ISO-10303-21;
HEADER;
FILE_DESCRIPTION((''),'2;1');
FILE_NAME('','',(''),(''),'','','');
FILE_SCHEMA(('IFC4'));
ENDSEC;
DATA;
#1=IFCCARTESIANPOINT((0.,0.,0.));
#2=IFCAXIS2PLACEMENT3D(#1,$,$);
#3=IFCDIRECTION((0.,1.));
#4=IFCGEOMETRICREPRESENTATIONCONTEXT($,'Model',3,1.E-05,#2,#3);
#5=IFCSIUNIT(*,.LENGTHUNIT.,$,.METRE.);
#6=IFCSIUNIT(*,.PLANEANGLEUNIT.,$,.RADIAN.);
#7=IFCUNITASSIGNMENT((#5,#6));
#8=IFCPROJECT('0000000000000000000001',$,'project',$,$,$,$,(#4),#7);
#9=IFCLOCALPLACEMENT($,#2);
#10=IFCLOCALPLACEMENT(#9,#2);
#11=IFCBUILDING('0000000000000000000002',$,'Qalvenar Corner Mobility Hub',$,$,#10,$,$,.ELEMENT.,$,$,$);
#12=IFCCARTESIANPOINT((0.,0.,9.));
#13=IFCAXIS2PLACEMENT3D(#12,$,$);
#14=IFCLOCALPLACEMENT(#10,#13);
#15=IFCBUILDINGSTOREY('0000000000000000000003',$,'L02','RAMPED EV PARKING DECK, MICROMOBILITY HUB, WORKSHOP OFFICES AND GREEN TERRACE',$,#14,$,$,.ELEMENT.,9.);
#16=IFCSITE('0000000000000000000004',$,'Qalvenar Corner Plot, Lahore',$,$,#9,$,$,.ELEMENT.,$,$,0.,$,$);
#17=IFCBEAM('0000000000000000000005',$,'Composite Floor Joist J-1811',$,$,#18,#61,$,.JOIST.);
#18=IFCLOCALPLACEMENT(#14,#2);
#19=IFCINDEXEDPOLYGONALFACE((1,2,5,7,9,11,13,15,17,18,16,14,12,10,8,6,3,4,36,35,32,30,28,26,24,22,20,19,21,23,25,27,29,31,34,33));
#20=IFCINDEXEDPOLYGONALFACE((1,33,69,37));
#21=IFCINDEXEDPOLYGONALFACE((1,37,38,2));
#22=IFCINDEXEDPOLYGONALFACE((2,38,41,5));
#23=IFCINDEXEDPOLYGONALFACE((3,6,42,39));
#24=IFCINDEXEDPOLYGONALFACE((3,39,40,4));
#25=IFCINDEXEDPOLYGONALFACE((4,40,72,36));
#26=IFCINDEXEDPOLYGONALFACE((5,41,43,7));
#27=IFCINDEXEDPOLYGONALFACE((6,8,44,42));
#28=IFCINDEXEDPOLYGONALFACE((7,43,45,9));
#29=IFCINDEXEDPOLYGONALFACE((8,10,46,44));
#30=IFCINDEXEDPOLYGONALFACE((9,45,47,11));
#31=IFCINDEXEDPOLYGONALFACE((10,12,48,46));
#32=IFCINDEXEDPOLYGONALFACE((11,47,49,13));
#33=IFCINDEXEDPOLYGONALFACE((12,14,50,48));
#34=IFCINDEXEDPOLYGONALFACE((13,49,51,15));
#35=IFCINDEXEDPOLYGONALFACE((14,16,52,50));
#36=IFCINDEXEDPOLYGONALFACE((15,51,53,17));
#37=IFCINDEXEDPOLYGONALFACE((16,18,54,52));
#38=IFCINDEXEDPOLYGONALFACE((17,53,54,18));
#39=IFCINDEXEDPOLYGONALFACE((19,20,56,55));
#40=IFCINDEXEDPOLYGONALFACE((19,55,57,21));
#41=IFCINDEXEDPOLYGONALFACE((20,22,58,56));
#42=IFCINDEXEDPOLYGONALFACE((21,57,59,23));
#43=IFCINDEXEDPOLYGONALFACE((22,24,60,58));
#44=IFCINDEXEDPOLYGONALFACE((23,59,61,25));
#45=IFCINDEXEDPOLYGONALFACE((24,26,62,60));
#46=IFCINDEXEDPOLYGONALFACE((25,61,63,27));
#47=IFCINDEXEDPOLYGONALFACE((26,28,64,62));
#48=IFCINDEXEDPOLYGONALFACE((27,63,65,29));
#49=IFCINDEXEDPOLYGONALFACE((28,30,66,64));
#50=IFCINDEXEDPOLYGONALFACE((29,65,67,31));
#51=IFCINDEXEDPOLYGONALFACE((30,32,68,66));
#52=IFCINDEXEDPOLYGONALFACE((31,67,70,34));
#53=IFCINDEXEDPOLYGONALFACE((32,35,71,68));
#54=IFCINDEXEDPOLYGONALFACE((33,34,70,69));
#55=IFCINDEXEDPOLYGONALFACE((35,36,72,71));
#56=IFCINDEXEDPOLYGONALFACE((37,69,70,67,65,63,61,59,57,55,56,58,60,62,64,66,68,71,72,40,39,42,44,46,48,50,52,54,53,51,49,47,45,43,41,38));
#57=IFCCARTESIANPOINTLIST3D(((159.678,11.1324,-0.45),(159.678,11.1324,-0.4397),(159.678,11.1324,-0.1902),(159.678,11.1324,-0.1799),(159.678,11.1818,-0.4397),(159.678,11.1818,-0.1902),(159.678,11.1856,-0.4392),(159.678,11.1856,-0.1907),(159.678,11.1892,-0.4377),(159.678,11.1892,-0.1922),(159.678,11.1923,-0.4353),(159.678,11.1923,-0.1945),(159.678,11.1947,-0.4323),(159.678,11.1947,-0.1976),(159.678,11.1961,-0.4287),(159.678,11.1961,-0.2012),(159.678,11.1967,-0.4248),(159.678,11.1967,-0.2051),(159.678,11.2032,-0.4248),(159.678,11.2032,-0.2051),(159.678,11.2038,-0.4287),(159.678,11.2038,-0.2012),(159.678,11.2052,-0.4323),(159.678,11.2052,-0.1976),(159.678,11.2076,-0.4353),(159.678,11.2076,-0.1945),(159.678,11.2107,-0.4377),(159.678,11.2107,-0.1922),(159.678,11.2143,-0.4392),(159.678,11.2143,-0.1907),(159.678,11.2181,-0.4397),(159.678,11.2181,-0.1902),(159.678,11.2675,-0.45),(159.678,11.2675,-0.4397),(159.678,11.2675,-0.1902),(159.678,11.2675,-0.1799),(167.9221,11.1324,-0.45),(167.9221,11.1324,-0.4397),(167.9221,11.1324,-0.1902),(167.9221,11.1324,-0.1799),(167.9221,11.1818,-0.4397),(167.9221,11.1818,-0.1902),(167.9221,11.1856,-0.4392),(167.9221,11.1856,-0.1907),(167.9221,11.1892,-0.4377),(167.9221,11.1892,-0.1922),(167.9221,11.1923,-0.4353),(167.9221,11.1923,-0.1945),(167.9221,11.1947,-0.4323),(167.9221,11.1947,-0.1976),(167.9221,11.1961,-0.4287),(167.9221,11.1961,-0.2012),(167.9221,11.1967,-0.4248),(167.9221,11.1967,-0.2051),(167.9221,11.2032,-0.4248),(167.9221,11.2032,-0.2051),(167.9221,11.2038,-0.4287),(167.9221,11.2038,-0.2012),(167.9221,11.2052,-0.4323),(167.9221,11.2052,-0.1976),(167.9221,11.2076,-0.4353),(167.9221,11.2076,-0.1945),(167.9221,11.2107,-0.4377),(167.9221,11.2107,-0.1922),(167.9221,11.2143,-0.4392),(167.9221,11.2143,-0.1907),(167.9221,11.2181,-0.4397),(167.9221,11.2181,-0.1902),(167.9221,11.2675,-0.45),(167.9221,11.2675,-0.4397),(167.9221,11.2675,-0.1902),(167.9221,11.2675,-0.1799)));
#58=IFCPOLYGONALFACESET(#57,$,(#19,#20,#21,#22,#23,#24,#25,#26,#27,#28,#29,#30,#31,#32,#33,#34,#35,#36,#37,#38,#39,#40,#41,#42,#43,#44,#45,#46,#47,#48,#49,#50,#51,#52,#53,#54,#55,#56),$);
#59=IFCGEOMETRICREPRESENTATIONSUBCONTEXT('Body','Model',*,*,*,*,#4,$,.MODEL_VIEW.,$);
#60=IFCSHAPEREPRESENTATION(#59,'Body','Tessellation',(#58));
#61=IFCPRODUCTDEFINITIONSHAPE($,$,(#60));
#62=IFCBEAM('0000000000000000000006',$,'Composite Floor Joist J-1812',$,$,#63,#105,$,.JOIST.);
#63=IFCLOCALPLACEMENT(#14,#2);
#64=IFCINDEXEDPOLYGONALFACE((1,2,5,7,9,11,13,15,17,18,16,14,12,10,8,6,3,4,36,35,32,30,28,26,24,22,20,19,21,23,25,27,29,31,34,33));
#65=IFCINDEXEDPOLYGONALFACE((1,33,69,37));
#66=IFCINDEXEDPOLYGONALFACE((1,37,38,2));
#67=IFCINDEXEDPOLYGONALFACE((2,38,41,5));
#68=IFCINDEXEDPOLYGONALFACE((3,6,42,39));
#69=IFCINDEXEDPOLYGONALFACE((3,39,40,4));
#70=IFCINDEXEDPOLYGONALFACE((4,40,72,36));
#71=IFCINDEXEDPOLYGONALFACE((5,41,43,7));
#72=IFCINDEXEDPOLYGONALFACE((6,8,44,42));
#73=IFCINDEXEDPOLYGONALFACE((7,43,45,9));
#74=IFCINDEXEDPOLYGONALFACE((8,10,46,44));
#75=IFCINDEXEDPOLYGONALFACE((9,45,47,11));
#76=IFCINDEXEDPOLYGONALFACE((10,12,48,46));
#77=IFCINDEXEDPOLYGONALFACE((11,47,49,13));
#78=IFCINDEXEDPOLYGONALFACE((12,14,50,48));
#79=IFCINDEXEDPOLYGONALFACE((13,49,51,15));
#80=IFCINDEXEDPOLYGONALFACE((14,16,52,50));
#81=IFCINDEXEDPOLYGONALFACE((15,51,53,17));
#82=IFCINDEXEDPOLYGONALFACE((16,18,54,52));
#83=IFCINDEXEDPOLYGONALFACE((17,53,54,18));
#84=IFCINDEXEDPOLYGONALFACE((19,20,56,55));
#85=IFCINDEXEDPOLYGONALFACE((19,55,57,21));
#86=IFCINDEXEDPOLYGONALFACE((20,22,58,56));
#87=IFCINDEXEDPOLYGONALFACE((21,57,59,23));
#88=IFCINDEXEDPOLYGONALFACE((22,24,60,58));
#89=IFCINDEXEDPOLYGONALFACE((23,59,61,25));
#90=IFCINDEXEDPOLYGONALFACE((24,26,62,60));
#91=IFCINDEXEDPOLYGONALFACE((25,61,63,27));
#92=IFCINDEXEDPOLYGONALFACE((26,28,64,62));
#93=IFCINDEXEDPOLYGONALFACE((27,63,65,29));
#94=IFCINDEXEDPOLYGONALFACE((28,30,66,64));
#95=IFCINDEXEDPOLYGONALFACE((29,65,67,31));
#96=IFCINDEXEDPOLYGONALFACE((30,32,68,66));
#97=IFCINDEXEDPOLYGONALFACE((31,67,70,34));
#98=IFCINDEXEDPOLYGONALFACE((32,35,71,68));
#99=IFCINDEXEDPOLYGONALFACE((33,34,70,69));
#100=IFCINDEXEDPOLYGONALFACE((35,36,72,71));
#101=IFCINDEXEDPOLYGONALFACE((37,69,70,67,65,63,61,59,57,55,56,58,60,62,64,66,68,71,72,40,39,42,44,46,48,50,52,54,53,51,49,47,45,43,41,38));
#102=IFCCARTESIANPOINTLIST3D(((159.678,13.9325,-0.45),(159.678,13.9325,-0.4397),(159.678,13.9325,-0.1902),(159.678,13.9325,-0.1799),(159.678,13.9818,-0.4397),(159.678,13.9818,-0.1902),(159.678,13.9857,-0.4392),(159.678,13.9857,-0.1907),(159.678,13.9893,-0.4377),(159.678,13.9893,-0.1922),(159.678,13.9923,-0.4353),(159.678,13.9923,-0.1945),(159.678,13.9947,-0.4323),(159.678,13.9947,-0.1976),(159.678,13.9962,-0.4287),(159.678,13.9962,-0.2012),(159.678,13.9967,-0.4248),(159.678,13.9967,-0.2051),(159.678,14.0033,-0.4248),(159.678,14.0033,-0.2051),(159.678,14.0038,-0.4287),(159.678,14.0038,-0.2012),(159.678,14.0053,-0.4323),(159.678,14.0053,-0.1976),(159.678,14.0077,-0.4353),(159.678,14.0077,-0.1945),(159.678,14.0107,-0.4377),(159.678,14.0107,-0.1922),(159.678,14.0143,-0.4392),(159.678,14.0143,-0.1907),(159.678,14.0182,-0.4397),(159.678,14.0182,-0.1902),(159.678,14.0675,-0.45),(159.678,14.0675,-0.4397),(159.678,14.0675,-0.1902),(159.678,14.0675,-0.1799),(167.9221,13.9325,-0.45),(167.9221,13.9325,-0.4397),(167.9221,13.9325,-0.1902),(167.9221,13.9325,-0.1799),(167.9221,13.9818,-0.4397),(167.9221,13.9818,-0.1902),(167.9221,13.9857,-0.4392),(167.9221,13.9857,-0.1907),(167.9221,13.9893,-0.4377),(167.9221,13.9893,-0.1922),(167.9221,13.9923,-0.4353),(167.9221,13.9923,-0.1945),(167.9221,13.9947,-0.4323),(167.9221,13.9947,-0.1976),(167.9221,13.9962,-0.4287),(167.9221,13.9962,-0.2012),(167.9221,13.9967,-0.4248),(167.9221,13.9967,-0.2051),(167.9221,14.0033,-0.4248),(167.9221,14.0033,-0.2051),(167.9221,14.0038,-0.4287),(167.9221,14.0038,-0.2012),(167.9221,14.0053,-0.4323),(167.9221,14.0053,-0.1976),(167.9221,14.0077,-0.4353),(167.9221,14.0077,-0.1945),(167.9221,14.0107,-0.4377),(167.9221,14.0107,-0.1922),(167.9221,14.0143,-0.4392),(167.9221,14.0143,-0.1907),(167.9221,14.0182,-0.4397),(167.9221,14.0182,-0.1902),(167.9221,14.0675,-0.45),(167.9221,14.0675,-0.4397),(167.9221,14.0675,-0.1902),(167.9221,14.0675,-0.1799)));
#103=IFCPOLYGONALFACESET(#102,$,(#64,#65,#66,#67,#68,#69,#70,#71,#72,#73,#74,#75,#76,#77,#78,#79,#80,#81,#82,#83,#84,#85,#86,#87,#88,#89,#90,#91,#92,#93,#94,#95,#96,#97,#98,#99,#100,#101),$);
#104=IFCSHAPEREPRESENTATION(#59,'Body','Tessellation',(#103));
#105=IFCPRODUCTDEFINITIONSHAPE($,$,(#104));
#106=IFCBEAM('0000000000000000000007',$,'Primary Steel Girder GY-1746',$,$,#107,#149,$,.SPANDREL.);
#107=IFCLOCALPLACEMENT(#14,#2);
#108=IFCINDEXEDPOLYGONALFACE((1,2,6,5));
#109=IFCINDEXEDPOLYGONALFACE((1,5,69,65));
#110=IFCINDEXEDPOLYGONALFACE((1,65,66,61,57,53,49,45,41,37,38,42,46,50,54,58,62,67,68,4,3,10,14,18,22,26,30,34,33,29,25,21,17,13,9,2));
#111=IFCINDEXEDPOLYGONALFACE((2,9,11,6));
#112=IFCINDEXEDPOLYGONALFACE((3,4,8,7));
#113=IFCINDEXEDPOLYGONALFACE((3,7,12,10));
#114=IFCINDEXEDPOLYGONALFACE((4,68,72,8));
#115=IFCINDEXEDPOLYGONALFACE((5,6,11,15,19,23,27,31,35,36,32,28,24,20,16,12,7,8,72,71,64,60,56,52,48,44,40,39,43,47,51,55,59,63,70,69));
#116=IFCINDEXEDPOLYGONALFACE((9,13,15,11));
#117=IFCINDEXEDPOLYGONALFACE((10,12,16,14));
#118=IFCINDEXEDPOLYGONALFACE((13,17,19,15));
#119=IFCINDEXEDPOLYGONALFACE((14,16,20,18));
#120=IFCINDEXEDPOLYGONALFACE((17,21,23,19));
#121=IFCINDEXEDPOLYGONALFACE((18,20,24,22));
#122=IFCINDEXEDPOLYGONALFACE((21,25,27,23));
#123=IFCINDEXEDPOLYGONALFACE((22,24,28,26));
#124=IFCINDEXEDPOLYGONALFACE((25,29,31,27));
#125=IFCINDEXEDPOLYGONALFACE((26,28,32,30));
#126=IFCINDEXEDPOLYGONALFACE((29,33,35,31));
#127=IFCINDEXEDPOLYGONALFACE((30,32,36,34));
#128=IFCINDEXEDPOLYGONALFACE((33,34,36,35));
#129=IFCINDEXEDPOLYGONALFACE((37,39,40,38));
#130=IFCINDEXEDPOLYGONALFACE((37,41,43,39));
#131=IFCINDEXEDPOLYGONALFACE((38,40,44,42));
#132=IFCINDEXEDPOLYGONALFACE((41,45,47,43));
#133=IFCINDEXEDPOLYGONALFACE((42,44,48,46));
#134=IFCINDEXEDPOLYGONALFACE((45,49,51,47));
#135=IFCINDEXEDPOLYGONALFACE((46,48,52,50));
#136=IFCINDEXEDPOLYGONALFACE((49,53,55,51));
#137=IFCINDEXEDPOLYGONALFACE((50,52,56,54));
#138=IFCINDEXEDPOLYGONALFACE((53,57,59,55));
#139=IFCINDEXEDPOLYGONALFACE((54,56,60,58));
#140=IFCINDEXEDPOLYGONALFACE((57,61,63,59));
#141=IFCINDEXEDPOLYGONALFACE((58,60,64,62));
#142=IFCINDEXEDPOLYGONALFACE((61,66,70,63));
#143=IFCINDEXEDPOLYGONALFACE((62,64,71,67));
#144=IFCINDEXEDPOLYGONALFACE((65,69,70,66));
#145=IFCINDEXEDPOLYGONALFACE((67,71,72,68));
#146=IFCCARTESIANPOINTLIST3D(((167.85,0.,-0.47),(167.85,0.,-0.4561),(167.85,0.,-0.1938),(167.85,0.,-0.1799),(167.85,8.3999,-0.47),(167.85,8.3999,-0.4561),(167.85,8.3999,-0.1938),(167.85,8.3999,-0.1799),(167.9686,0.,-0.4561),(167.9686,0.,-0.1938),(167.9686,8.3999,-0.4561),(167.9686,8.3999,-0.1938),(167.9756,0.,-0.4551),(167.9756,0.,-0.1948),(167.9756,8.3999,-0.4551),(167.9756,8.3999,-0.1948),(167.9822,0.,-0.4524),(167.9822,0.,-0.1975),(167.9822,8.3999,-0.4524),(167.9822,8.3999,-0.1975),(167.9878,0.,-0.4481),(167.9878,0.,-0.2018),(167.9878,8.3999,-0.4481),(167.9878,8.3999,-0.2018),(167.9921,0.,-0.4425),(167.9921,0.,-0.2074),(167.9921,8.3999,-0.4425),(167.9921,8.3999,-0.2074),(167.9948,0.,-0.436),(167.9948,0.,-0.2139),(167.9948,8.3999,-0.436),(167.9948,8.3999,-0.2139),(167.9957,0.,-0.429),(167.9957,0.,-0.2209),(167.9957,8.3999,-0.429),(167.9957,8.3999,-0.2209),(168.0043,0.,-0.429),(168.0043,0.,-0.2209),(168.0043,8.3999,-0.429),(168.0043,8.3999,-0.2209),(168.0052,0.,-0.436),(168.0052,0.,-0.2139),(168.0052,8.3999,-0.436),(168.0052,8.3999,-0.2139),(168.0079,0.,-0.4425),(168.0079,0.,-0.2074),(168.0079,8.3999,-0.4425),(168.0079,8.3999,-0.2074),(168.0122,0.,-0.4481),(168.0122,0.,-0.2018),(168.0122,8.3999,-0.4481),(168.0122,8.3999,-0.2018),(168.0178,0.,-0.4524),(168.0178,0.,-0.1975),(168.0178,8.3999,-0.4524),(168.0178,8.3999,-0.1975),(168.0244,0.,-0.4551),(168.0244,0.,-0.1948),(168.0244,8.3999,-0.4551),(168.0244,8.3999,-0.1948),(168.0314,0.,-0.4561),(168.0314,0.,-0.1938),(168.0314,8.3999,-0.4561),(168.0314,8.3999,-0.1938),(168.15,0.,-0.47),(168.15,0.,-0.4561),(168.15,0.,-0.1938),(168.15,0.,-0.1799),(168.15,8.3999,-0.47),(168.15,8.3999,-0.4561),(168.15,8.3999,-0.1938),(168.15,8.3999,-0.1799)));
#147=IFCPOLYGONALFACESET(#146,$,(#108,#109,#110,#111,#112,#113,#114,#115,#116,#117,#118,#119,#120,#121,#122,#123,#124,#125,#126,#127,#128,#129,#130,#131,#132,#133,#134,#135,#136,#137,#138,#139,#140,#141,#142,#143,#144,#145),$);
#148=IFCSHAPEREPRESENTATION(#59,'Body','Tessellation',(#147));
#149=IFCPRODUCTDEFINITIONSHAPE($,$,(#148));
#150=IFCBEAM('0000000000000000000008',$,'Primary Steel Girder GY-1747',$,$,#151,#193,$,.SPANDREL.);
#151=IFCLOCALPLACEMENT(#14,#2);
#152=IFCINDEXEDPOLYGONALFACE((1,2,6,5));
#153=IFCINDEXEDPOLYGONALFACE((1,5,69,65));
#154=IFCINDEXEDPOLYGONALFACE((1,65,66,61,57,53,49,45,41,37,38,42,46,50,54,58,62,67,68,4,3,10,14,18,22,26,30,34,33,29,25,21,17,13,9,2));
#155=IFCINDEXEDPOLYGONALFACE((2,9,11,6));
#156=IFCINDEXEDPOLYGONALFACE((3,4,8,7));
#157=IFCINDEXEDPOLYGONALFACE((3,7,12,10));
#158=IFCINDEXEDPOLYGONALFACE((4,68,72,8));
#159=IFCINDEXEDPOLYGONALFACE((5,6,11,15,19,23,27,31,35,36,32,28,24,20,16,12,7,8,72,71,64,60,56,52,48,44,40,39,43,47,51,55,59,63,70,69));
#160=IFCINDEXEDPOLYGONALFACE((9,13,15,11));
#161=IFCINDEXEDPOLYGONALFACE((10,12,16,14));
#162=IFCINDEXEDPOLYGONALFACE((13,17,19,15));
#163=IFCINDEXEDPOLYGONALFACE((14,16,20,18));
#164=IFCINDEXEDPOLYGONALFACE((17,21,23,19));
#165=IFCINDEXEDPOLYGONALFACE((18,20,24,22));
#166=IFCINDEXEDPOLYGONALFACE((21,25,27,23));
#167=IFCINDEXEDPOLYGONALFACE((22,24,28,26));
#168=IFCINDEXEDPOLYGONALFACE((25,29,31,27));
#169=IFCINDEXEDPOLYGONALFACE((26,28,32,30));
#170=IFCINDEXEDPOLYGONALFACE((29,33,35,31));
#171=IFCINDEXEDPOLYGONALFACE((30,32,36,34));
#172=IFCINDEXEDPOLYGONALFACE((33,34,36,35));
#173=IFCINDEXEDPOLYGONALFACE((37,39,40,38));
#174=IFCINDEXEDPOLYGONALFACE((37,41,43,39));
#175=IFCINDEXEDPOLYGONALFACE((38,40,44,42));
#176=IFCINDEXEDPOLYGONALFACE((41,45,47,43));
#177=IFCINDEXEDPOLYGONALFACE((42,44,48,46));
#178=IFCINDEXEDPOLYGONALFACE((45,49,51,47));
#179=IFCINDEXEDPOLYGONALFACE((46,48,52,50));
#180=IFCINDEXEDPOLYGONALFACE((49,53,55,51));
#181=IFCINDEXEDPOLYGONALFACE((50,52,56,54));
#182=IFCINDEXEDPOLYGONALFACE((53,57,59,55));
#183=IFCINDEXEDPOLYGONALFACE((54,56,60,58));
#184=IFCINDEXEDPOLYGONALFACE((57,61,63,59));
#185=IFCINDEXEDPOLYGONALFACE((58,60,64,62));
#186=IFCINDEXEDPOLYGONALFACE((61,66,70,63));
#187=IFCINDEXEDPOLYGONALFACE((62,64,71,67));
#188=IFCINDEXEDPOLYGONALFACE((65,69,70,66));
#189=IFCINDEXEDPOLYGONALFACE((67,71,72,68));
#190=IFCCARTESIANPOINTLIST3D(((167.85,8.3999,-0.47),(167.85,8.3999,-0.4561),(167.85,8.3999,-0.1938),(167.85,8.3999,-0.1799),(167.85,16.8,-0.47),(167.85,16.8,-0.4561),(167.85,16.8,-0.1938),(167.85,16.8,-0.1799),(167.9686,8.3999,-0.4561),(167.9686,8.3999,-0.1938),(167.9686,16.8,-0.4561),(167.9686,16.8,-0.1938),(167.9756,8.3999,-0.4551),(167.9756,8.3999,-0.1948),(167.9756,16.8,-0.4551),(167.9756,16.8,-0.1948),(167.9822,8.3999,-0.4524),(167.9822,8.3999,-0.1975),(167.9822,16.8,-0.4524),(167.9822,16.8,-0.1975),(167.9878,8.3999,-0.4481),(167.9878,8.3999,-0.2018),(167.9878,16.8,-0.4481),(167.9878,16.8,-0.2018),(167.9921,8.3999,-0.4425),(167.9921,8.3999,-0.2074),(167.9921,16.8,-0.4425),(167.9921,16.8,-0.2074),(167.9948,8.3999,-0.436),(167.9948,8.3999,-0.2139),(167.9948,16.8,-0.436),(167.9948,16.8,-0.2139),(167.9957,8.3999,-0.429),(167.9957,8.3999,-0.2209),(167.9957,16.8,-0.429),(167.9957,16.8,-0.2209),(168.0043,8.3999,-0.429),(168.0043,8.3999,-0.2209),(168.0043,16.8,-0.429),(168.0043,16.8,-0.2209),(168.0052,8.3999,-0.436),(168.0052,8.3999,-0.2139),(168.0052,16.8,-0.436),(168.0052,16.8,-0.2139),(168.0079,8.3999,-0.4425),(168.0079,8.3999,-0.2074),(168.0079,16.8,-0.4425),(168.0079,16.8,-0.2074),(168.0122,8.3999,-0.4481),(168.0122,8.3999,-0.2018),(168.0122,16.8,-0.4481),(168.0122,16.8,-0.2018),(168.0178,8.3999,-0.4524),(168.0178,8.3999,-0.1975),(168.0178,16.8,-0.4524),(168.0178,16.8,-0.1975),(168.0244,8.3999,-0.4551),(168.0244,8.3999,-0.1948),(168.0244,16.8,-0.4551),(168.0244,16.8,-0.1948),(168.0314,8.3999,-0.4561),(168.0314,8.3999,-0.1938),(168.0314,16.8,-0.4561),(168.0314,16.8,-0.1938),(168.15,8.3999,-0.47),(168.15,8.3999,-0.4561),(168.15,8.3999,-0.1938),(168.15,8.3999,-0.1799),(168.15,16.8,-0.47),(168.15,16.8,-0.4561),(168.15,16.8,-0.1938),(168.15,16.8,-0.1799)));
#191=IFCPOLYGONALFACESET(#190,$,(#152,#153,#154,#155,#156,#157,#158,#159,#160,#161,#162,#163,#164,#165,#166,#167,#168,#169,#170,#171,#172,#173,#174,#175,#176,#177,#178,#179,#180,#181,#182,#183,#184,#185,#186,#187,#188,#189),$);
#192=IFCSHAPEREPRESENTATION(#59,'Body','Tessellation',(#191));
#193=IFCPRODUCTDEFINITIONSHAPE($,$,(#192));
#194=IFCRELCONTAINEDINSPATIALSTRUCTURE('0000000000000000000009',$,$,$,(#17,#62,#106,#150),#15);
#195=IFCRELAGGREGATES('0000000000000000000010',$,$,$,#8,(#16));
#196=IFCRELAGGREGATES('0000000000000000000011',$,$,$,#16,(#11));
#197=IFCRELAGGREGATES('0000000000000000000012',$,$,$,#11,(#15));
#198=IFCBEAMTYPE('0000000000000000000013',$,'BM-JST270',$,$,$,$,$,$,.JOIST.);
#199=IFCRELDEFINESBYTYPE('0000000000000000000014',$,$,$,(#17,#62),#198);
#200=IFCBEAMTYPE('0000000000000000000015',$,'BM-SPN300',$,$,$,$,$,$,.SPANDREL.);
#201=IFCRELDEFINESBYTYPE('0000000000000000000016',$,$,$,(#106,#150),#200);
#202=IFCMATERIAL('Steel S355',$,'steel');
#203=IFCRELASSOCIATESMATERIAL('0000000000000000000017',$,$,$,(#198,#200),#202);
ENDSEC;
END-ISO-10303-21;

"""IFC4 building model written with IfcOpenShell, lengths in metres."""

from ifc_helpers import new_model, si_unit, direction, frame, origin, origin_2d, place, context, subcontext, project, spatial, i_section, extrude, material, material_profile, profile_set, type_object, element, save


model = new_model("IFC4")

# Units and contexts
model_context = context("Model", 3, precision=1e-05, world=origin(), true_north=direction((0.0, 1.0)))
body_context = subcontext(model_context, "Body", "Model", "MODEL_VIEW")
ifc_project = project(units=[si_unit("LENGTHUNIT", "METRE"), si_unit("PLANEANGLEUNIT", "RADIAN")], contexts=[model_context])

# Site, building, storey
site_placement = place(None, origin())
site = spatial("IfcSite", under=ifc_project, at=site_placement, Name="Qalvenar Corner Plot, Lahore", CompositionType="ELEMENT", RefElevation=0.0)
building_placement = place(site_placement, origin())
building = spatial("IfcBuilding", under=site, at=building_placement, Name="Qalvenar Corner Mobility Hub", CompositionType="ELEMENT")
storey_placement = place(building_placement, frame((0.0, 0.0, 9.0)))
storey = spatial("IfcBuildingStorey", under=building, at=storey_placement, Name="L02", Description="RAMPED EV PARKING DECK, MICROMOBILITY HUB, WORKSHOP OFFICES AND GREEN TERRACE", CompositionType="ELEMENT", Elevation=9.0)

# Shared definitions
ifc_material_1 = material(Name="Steel S355", Category="steel")

# Beams
ifc_material_profile_1 = material_profile(ifc_material_1, i_section(OverallWidth=0.135, OverallDepth=0.27, WebThickness=0.0066, FlangeThickness=0.0103, FilletRadius=0.0149, at=origin_2d()), Name="IPE270")
ifc_profile_set_1 = profile_set([ifc_material_profile_1], Name="Steel S355")
beam_type_1 = type_object("IfcBeamType", Name="BM-JST270", PredefinedType="JOIST", material=ifc_profile_set_1)
for number, where, z_axis, x_axis, name in (
    (1, (159.678, 11.2, -0.3149), (1.0, 0.0, 0.0), (0.0, 1.0, 0.0), "Composite Floor Joist J-1811"),
    (2, (159.678, 14.0, -0.3149), (1.0, 0.0, 0.0), (0.0, 1.0, 0.0), "Composite Floor Joist J-1812"),
):
    element("IfcBeam", number, at=place(storey_placement, frame(where, z_axis=z_axis, x_axis=x_axis)), inside=storey, type_object=beam_type_1, Name=name, PredefinedType="JOIST", context=body_context, shape_type="SweptSolid", body=[
        extrude(i_section(OverallWidth=0.135, OverallDepth=0.27, WebThickness=0.0066, FlangeThickness=0.0103, FilletRadius=0.0149, at=origin_2d()), origin(), (0.0, 0.0, 1.0), 8.2441),
    ])
ifc_material_profile_2 = material_profile(ifc_material_1, i_section(OverallWidth=0.3, OverallDepth=0.29, WebThickness=0.0085, FlangeThickness=0.0139, FilletRadius=0.0271, at=origin_2d()), Name="HEA300")
ifc_profile_set_2 = profile_set([ifc_material_profile_2], Name="Steel S355")
beam_type_2 = type_object("IfcBeamType", Name="BM-SPN300", PredefinedType="SPANDREL", material=ifc_profile_set_2)
beam_1_placement = place(storey_placement, frame((168.0, 0.0, -0.325), z_axis=(0.0, 1.0, 0.0), x_axis=(-1.0, 0.0, 0.0)))
element("IfcBeam", 3, at=beam_1_placement, inside=storey, type_object=beam_type_2, Name="Primary Steel Girder GY-1746", PredefinedType="SPANDREL", context=body_context, shape_type="SweptSolid", body=[
    extrude(i_section(OverallWidth=0.3, OverallDepth=0.29, WebThickness=0.0085, FlangeThickness=0.0139, FilletRadius=0.0271, at=origin_2d()), origin(), (0.0, 0.0, 1.0), 8.3999),
])
beam_2_placement = place(storey_placement, frame((168.0, 8.3999, -0.325), z_axis=(0.0, 1.0, 0.0), x_axis=(-1.0, 0.0, 0.0)))
element("IfcBeam", 4, at=beam_2_placement, inside=storey, type_object=beam_type_2, Name="Primary Steel Girder GY-1747", PredefinedType="SPANDREL", context=body_context, shape_type="SweptSolid", body=[
    extrude(i_section(OverallWidth=0.3, OverallDepth=0.29, WebThickness=0.0085, FlangeThickness=0.0139, FilletRadius=0.0271, at=origin_2d()), origin(), (0.0, 0.0, 1.0), 8.4001),
])

save(model, "model.ifc")
